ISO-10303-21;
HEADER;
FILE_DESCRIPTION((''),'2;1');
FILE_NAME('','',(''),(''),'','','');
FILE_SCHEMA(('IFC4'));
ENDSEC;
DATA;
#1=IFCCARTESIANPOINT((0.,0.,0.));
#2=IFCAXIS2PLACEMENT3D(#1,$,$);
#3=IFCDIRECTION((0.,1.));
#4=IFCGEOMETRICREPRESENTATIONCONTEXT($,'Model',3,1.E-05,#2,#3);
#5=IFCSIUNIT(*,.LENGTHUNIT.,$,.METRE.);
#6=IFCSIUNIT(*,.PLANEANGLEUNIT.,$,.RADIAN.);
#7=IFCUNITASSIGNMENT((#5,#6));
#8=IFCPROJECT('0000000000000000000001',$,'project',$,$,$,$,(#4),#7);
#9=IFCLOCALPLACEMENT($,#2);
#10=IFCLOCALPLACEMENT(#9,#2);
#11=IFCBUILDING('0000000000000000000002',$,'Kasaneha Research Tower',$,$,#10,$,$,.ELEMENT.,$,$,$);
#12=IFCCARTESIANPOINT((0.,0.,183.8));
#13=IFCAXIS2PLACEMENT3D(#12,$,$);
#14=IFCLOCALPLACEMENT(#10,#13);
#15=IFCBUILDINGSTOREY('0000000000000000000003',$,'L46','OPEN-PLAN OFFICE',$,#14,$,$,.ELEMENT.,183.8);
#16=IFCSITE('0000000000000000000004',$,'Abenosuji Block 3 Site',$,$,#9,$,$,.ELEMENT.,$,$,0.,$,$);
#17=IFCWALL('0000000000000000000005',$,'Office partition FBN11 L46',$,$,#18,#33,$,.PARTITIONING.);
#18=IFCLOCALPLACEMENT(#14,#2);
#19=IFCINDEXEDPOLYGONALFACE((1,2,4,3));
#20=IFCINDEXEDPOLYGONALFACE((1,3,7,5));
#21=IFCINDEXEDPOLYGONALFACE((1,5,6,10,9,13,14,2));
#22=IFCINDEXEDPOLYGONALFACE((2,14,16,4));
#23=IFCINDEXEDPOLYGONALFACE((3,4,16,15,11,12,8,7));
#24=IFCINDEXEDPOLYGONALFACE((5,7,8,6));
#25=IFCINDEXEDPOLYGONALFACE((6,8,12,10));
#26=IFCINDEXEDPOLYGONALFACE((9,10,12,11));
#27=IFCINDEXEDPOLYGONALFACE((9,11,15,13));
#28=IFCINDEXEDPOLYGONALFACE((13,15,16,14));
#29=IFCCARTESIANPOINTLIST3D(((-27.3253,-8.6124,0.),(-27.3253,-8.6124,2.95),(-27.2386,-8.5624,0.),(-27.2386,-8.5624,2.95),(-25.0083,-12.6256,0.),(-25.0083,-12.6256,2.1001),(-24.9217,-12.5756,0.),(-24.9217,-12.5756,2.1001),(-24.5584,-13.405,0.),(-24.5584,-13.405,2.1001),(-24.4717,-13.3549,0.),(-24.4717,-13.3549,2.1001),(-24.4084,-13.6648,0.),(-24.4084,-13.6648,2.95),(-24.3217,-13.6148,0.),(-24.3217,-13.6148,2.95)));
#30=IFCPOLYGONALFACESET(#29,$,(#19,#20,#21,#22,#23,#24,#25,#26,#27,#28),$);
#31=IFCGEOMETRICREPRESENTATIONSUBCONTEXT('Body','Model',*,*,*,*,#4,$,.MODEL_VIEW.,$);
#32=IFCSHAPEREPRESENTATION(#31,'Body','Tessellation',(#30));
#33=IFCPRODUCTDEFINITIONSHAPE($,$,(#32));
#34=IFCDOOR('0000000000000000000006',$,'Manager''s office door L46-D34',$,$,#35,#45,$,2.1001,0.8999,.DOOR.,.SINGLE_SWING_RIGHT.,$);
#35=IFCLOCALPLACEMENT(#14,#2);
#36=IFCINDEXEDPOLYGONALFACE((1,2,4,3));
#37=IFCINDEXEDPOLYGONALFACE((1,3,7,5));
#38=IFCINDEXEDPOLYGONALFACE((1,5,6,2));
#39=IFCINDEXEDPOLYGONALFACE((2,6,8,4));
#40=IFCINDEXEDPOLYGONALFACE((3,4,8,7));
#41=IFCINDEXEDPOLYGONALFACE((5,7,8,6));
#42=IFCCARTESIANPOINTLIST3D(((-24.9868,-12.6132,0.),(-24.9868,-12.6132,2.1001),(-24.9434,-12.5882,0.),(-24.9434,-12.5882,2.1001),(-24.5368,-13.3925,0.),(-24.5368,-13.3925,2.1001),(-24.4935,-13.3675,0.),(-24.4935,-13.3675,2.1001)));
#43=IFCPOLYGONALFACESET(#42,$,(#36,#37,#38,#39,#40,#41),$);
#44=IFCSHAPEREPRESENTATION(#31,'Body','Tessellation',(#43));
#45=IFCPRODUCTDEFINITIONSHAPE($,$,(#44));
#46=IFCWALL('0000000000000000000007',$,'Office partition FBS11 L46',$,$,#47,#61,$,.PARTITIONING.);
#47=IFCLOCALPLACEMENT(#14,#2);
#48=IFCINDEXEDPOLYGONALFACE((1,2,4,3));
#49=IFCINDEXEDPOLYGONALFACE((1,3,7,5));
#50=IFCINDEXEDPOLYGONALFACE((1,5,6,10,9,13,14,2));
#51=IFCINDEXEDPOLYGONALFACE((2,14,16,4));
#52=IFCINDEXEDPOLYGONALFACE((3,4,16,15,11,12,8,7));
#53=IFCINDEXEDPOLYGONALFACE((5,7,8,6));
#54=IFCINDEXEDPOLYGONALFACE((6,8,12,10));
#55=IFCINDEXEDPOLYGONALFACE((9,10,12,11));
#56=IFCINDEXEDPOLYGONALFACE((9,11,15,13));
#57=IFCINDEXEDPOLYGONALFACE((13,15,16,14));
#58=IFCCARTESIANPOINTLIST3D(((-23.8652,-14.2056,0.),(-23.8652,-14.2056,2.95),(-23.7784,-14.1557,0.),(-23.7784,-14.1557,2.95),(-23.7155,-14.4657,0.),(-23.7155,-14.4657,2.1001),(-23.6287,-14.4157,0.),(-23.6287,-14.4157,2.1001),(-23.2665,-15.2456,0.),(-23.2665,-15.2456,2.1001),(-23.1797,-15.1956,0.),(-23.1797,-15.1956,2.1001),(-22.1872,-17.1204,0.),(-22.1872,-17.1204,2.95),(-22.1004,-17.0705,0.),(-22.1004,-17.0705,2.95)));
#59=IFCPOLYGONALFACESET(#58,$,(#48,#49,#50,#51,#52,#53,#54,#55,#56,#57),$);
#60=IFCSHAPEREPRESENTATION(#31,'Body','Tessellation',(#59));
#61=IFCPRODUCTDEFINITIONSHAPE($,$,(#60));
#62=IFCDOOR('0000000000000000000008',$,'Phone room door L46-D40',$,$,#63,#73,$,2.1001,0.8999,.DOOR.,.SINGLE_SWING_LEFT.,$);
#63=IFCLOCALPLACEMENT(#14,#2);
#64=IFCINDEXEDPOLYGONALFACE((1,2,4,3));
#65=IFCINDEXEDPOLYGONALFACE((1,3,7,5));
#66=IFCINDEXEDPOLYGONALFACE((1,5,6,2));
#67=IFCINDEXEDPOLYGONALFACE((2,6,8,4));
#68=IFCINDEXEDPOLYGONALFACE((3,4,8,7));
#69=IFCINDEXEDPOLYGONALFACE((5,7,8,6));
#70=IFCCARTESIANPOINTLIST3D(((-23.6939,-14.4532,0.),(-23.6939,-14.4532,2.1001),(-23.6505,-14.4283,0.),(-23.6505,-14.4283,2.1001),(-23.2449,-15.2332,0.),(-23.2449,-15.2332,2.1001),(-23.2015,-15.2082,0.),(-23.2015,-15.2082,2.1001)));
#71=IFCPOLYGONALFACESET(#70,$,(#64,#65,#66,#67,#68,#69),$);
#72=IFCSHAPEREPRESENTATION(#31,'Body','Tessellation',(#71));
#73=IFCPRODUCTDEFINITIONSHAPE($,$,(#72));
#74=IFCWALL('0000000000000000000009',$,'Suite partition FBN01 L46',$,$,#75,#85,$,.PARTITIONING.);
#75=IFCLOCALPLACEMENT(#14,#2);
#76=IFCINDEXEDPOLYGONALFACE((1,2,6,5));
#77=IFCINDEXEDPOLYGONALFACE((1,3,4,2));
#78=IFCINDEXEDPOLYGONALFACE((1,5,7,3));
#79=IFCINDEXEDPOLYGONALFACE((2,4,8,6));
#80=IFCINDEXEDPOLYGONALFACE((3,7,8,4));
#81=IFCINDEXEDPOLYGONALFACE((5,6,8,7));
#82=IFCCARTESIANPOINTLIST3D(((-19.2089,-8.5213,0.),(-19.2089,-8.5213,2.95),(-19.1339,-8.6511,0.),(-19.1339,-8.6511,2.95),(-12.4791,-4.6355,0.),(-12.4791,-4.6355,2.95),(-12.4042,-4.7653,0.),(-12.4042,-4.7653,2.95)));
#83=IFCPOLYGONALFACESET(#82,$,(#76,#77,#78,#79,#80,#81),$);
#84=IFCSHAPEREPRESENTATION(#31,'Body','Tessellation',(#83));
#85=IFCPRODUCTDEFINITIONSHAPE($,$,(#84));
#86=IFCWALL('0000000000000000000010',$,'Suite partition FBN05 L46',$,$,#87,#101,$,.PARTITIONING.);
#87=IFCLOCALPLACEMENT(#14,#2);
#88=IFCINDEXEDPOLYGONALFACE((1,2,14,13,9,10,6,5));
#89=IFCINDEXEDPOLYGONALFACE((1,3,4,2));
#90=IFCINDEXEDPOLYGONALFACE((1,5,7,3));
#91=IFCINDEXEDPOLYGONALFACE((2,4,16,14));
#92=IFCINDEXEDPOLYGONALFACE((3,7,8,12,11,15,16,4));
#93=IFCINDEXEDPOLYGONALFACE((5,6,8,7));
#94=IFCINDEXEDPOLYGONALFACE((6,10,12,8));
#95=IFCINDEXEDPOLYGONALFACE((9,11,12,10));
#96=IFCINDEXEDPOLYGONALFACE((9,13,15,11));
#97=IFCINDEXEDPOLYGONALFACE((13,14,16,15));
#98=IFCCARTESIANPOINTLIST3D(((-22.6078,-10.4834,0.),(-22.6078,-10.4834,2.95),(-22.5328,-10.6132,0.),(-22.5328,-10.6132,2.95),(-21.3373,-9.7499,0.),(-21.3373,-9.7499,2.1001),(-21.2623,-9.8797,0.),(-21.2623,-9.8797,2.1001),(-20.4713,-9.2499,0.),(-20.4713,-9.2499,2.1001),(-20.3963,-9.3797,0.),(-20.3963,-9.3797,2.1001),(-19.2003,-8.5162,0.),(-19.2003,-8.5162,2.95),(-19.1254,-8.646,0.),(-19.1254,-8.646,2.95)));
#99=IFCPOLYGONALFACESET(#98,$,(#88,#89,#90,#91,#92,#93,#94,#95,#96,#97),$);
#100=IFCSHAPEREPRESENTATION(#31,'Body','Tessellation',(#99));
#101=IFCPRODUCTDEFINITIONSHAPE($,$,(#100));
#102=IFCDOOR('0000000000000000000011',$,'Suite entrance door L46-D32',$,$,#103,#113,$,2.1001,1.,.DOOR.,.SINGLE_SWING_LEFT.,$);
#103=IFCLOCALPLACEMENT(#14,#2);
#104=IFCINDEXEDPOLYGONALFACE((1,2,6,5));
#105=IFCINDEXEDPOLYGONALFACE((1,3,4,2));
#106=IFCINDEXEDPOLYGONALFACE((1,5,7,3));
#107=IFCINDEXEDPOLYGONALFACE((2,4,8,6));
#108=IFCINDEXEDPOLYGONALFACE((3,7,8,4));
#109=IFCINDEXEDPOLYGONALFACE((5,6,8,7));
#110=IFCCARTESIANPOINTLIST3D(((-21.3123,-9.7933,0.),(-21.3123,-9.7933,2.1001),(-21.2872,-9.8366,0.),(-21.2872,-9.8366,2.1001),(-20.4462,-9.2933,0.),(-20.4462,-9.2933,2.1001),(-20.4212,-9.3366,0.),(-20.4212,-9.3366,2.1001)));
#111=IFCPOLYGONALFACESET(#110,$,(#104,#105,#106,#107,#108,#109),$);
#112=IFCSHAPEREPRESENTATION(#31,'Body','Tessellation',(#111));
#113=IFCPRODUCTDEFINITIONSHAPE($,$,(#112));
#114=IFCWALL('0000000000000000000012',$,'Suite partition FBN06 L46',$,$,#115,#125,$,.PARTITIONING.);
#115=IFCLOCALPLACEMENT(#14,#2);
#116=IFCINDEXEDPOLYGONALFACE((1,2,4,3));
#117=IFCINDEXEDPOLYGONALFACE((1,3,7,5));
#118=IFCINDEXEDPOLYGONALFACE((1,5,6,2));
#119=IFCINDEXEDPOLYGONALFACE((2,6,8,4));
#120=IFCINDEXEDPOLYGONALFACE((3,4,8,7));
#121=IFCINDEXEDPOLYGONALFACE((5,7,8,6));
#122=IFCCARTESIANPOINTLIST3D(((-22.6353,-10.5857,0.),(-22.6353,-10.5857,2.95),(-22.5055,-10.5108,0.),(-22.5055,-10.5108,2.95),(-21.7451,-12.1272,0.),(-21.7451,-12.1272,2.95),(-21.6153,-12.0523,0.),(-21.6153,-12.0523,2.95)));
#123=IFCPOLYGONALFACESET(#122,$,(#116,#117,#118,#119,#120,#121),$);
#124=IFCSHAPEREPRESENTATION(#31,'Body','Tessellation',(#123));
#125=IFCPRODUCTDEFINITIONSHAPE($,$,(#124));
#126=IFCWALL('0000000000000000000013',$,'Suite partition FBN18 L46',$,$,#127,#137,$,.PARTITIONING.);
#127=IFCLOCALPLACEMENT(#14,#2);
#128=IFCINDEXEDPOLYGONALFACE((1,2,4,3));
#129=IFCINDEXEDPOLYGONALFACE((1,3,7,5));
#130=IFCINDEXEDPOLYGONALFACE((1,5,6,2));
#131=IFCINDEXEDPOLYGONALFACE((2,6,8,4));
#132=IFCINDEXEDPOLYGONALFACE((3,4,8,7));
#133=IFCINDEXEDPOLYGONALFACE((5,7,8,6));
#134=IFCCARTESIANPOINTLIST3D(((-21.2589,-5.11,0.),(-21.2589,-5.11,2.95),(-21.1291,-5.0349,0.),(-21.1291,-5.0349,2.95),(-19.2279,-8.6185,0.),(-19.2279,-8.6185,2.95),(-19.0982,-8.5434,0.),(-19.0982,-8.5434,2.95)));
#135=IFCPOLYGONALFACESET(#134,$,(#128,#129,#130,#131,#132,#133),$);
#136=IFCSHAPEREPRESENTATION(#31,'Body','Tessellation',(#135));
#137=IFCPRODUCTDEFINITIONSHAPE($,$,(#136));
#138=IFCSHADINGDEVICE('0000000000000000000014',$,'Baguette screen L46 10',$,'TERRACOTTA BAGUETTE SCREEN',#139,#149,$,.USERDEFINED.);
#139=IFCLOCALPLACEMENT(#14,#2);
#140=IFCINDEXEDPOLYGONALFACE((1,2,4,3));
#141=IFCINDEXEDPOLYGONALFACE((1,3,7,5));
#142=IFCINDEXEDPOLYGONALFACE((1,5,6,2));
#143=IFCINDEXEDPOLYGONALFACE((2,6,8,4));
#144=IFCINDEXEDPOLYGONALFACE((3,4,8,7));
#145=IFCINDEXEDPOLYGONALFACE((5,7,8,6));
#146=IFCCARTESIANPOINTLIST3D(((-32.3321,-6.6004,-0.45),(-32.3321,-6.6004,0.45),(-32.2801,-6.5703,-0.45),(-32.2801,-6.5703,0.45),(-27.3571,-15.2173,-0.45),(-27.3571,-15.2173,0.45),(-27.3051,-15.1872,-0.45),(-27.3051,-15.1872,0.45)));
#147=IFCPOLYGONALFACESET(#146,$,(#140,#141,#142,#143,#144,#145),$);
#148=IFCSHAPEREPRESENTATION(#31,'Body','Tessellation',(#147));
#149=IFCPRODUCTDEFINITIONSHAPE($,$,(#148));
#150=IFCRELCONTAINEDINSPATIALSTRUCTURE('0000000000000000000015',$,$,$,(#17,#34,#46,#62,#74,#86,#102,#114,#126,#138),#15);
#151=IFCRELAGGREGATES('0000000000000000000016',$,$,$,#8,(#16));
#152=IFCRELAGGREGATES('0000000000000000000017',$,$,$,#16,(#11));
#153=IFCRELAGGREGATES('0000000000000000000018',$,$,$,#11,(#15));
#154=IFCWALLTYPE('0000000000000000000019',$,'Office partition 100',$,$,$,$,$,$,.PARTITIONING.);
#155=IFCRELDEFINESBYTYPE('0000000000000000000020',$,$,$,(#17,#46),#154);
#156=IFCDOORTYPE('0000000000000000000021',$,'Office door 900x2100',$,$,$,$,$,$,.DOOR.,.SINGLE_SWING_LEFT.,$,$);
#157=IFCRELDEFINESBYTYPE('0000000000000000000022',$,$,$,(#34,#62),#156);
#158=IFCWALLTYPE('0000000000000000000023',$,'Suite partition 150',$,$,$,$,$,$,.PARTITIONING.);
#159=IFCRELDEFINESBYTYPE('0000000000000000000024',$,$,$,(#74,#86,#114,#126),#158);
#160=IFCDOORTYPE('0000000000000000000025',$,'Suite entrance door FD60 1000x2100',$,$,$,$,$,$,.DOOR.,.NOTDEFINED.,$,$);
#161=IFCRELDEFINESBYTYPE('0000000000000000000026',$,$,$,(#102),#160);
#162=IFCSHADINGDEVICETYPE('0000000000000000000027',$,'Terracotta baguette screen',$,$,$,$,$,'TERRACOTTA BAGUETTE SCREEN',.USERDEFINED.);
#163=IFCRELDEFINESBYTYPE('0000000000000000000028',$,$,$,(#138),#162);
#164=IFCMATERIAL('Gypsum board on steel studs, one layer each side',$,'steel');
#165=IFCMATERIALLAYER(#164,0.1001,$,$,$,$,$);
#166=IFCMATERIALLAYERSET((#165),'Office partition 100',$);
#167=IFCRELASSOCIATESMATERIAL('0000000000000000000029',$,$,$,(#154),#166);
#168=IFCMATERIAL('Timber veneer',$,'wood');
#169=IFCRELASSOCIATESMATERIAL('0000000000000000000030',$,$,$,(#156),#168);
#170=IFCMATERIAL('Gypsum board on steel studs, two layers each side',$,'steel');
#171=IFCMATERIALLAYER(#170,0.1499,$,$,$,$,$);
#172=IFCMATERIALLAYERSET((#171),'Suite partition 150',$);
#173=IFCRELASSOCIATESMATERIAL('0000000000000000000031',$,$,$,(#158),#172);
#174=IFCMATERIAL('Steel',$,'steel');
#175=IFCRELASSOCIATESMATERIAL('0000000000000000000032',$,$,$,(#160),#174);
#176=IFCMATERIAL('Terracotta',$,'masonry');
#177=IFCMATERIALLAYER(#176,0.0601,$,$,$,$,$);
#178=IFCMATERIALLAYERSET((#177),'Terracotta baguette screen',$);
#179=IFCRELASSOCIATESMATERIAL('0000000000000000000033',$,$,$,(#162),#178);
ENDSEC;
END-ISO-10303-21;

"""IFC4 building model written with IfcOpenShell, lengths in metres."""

from ifc_helpers import new_model, si_unit, direction, frame, frame_2d, origin, origin_2d, place, context, subcontext, project, spatial, rectangle, extrude, material, layer, layer_set, type_object, element, fill, save


model = new_model("IFC4")

# Units and contexts
model_context = context("Model", 3, precision=1e-05, world=origin(), true_north=direction((0.0, 1.0)))
body_context = subcontext(model_context, "Body", "Model", "MODEL_VIEW")
ifc_project = project(units=[si_unit("LENGTHUNIT", "METRE"), si_unit("PLANEANGLEUNIT", "RADIAN")], contexts=[model_context])

# Site, building, storey
site_placement = place(None, origin())
site = spatial("IfcSite", under=ifc_project, at=site_placement, Name="Abenosuji Block 3 Site", CompositionType="ELEMENT", RefElevation=0.0)
building_placement = place(site_placement, origin())
building = spatial("IfcBuilding", under=site, at=building_placement, Name="Kasaneha Research Tower", CompositionType="ELEMENT")
storey_placement = place(building_placement, frame((0.0, 0.0, 183.8)))
storey = spatial("IfcBuildingStorey", under=building, at=storey_placement, Name="L46", Description="OPEN-PLAN OFFICE", CompositionType="ELEMENT", Elevation=183.8)

# Shared definitions
ifc_material_1 = material(Name="Gypsum board on steel studs, one layer each side", Category="steel")
ifc_layer_1 = layer(ifc_material_1, 0.1001)
ifc_layer_set_1 = layer_set([ifc_layer_1], Name="Office partition 100")
wall_type_1 = type_object("IfcWallType", Name="Office partition 100", PredefinedType="PARTITIONING", material=ifc_layer_set_1)

# Walls, openings, doors
ifc_material_2 = material(Name="Timber veneer", Category="wood")
door_type_1 = type_object("IfcDoorType", Name="Office door 900x2100", OperationType="SINGLE_SWING_LEFT", PredefinedType="DOOR", material=ifc_material_2)
wall_1_placement = place(storey_placement, frame((-27.282, -8.5874, 0.0), z_axis=(0.0, 0.0, 1.0), x_axis=(0.499992, -0.86603, 0.0)))
wall_1 = element("IfcWall", 1, at=wall_1_placement, inside=storey, type_object=wall_type_1, Name="Office partition FBN11 L46", PredefinedType="PARTITIONING", context=body_context, shape_type="SweptSolid", body=[
    extrude(rectangle(XDim=5.834, YDim=0.1001, at=frame_2d((2.917, 0.0))), origin(), (0.0, 0.0, 1.0), 2.95),
])
opening_1_placement = place(wall_1_placement, frame((4.634, 0.0, 0.0)))
opening_1 = element("IfcOpeningElement", 2, at=opening_1_placement, cuts=wall_1, PredefinedType="OPENING", context=body_context, shape_type="SweptSolid", body=[
    extrude(rectangle(XDim=0.8999, YDim=2.1001, at=frame_2d((0.45, 1.05))), frame((0.0, 0.0601, 0.0), z_axis=(0.0, -1.0, 0.0), x_axis=(1.0, 0.0, 0.0)), (0.0, 0.0, 1.0), 0.1201),
])
door_1_placement = place(opening_1_placement, origin())
door_1 = element("IfcDoor", 3, at=door_1_placement, inside=storey, type_object=door_type_1, Name="Manager's office door L46-D34", OperationType="SINGLE_SWING_RIGHT", OverallHeight=2.1001, OverallWidth=0.8999, PredefinedType="DOOR", context=body_context, shape_type="SweptSolid", body=[
    extrude(rectangle(XDim=0.8999, YDim=2.1001, at=frame_2d((0.45, 1.05))), frame((0.0, 0.0249, 0.0), z_axis=(0.0, -1.0, 0.0), x_axis=(1.0, 0.0, 0.0)), (0.0, 0.0, 1.0), 0.05),
])
fill(opening_1, door_1)
wall_2_placement = place(storey_placement, frame((-23.8218, -14.1807, 0.0), z_axis=(0.0, 0.0, 1.0), x_axis=(0.498912, -0.866653, 0.0)))
wall_2 = element("IfcWall", 4, at=wall_2_placement, inside=storey, type_object=wall_type_1, Name="Office partition FBS11 L46", PredefinedType="PARTITIONING", context=body_context, shape_type="SweptSolid", body=[
    extrude(rectangle(XDim=3.3633, YDim=0.1001, at=frame_2d((1.6816, 0.0))), origin(), (0.0, 0.0, 1.0), 2.95),
])
opening_2_placement = place(wall_2_placement, frame((0.3, 0.0, 0.0)))
opening_2 = element("IfcOpeningElement", 5, at=opening_2_placement, cuts=wall_2, PredefinedType="OPENING", context=body_context, shape_type="SweptSolid", body=[
    extrude(rectangle(XDim=0.8999, YDim=2.1001, at=frame_2d((0.45, 1.05))), frame((0.0, 0.0601, 0.0), z_axis=(0.0, -1.0, 0.0), x_axis=(1.0, 0.0, 0.0)), (0.0, 0.0, 1.0), 0.1201),
])
door_2_placement = place(opening_2_placement, origin())
door_2 = element("IfcDoor", 6, at=door_2_placement, inside=storey, type_object=door_type_1, Name="Phone room door L46-D40", OperationType="SINGLE_SWING_LEFT", OverallHeight=2.1001, OverallWidth=0.8999, PredefinedType="DOOR", context=body_context, shape_type="SweptSolid", body=[
    extrude(rectangle(XDim=0.8999, YDim=2.1001, at=frame_2d((0.45, 1.05))), frame((0.0, 0.0249, 0.0), z_axis=(0.0, -1.0, 0.0), x_axis=(1.0, 0.0, 0.0)), (0.0, 0.0, 1.0), 0.05),
])
fill(opening_2, door_2)

# Wall
ifc_material_3 = material(Name="Gypsum board on steel studs, two layers each side", Category="steel")
ifc_layer_2 = layer(ifc_material_3, 0.1499)
ifc_layer_set_2 = layer_set([ifc_layer_2], Name="Suite partition 150")
wall_type_2 = type_object("IfcWallType", Name="Suite partition 150", PredefinedType="PARTITIONING", material=ifc_layer_set_2)
wall_3_placement = place(storey_placement, frame((-19.1714, -8.5862, 0.0), z_axis=(0.0, 0.0, 1.0), x_axis=(0.866007, 0.500032, 0.0)))
element("IfcWall", 7, at=wall_3_placement, inside=storey, type_object=wall_type_2, Name="Suite partition FBN01 L46", PredefinedType="PARTITIONING", context=body_context, shape_type="SweptSolid", body=[
    extrude(rectangle(XDim=7.771, YDim=0.1499, at=frame_2d((3.8855, 0.0))), origin(), (0.0, 0.0, 1.0), 2.95),
])

# Wall, opening, door
wall_4_placement = place(storey_placement, frame((-22.5703, -10.5483, 0.0), z_axis=(0.0, 0.0, 1.0), x_axis=(0.866027, 0.499996, 0.0)))
wall_4 = element("IfcWall", 8, at=wall_4_placement, inside=storey, type_object=wall_type_2, Name="Suite partition FBN05 L46", PredefinedType="PARTITIONING", context=body_context, shape_type="SweptSolid", body=[
    extrude(rectangle(XDim=3.9346, YDim=0.1499, at=frame_2d((1.9673, 0.0))), origin(), (0.0, 0.0, 1.0), 2.95),
])
opening_3_placement = place(wall_4_placement, frame((1.467, 0.0, 0.0)))
opening_3 = element("IfcOpeningElement", 9, at=opening_3_placement, cuts=wall_4, PredefinedType="OPENING", context=body_context, shape_type="SweptSolid", body=[
    extrude(rectangle(XDim=1.0, YDim=2.1001, at=frame_2d((0.5, 1.05))), frame((0.0, 0.085, 0.0), z_axis=(0.0, -1.0, 0.0), x_axis=(1.0, 0.0, 0.0)), (0.0, 0.0, 1.0), 0.1699),
])
ifc_material_4 = material(Name="Steel", Category="steel")
door_type_2 = type_object("IfcDoorType", Name="Suite entrance door FD60 1000x2100", OperationType="NOTDEFINED", PredefinedType="DOOR", material=ifc_material_4)
door_3_placement = place(opening_3_placement, origin())
door_3 = element("IfcDoor", 10, at=door_3_placement, inside=storey, type_object=door_type_2, Name="Suite entrance door L46-D32", OperationType="SINGLE_SWING_LEFT", OverallHeight=2.1001, OverallWidth=1.0, PredefinedType="DOOR", context=body_context, shape_type="SweptSolid", body=[
    extrude(rectangle(XDim=1.0, YDim=2.1001, at=frame_2d((0.5, 1.05))), frame((0.0, 0.0249, 0.0), z_axis=(0.0, -1.0, 0.0), x_axis=(1.0, 0.0, 0.0)), (0.0, 0.0, 1.0), 0.05),
])
fill(opening_3, door_3)

# Walls
wall_5_placement = place(storey_placement, frame((-21.6802, -12.0898, 0.0), z_axis=(0.0, 0.0, 1.0), x_axis=(-0.500063, 0.865989, 0.0)))
element("IfcWall", 11, at=wall_5_placement, inside=storey, type_object=wall_type_2, Name="Suite partition FBN06 L46", PredefinedType="PARTITIONING", context=body_context, shape_type="SweptSolid", body=[
    extrude(rectangle(XDim=1.78, YDim=0.1499, at=frame_2d((0.8901, 0.0))), origin(), (0.0, 0.0, 1.0), 2.95),
])
wall_6_placement = place(storey_placement, frame((-19.1631, -8.5808, 0.0), z_axis=(0.0, 0.0, 1.0), x_axis=(-0.500989, 0.865454, 0.0)))
element("IfcWall", 12, at=wall_6_placement, inside=storey, type_object=wall_type_2, Name="Suite partition FBN18 L46", PredefinedType="PARTITIONING", context=body_context, shape_type="SweptSolid", body=[
    extrude(rectangle(XDim=4.054, YDim=0.1499, at=frame_2d((2.0269, 0.0))), origin(), (0.0, 0.0, 1.0), 2.95),
])

# Shading device
ifc_material_5 = material(Name="Terracotta", Category="masonry")
ifc_layer_3 = layer(ifc_material_5, 0.0601)
ifc_layer_set_3 = layer_set([ifc_layer_3], Name="Terracotta baguette screen")
shading_device_type = type_object("IfcShadingDeviceType", Name="Terracotta baguette screen", ElementType="TERRACOTTA BAGUETTE SCREEN", PredefinedType="USERDEFINED", material=ifc_layer_set_3)
shading_device_placement = place(storey_placement, frame((-29.8186, -10.8938, -0.45), z_axis=(0.0, 0.0, 1.0), x_axis=(0.5, -0.866025, 0.0)))
element("IfcShadingDevice", 13, at=shading_device_placement, inside=storey, type_object=shading_device_type, Name="Baguette screen L46 10", ObjectType="TERRACOTTA BAGUETTE SCREEN", PredefinedType="USERDEFINED", context=body_context, shape_type="SweptSolid", body=[
    extrude(rectangle(XDim=9.95, YDim=0.0601, at=origin_2d()), origin(), (0.0, 0.0, 1.0), 0.8999),
])

save(model, "model.ifc")
